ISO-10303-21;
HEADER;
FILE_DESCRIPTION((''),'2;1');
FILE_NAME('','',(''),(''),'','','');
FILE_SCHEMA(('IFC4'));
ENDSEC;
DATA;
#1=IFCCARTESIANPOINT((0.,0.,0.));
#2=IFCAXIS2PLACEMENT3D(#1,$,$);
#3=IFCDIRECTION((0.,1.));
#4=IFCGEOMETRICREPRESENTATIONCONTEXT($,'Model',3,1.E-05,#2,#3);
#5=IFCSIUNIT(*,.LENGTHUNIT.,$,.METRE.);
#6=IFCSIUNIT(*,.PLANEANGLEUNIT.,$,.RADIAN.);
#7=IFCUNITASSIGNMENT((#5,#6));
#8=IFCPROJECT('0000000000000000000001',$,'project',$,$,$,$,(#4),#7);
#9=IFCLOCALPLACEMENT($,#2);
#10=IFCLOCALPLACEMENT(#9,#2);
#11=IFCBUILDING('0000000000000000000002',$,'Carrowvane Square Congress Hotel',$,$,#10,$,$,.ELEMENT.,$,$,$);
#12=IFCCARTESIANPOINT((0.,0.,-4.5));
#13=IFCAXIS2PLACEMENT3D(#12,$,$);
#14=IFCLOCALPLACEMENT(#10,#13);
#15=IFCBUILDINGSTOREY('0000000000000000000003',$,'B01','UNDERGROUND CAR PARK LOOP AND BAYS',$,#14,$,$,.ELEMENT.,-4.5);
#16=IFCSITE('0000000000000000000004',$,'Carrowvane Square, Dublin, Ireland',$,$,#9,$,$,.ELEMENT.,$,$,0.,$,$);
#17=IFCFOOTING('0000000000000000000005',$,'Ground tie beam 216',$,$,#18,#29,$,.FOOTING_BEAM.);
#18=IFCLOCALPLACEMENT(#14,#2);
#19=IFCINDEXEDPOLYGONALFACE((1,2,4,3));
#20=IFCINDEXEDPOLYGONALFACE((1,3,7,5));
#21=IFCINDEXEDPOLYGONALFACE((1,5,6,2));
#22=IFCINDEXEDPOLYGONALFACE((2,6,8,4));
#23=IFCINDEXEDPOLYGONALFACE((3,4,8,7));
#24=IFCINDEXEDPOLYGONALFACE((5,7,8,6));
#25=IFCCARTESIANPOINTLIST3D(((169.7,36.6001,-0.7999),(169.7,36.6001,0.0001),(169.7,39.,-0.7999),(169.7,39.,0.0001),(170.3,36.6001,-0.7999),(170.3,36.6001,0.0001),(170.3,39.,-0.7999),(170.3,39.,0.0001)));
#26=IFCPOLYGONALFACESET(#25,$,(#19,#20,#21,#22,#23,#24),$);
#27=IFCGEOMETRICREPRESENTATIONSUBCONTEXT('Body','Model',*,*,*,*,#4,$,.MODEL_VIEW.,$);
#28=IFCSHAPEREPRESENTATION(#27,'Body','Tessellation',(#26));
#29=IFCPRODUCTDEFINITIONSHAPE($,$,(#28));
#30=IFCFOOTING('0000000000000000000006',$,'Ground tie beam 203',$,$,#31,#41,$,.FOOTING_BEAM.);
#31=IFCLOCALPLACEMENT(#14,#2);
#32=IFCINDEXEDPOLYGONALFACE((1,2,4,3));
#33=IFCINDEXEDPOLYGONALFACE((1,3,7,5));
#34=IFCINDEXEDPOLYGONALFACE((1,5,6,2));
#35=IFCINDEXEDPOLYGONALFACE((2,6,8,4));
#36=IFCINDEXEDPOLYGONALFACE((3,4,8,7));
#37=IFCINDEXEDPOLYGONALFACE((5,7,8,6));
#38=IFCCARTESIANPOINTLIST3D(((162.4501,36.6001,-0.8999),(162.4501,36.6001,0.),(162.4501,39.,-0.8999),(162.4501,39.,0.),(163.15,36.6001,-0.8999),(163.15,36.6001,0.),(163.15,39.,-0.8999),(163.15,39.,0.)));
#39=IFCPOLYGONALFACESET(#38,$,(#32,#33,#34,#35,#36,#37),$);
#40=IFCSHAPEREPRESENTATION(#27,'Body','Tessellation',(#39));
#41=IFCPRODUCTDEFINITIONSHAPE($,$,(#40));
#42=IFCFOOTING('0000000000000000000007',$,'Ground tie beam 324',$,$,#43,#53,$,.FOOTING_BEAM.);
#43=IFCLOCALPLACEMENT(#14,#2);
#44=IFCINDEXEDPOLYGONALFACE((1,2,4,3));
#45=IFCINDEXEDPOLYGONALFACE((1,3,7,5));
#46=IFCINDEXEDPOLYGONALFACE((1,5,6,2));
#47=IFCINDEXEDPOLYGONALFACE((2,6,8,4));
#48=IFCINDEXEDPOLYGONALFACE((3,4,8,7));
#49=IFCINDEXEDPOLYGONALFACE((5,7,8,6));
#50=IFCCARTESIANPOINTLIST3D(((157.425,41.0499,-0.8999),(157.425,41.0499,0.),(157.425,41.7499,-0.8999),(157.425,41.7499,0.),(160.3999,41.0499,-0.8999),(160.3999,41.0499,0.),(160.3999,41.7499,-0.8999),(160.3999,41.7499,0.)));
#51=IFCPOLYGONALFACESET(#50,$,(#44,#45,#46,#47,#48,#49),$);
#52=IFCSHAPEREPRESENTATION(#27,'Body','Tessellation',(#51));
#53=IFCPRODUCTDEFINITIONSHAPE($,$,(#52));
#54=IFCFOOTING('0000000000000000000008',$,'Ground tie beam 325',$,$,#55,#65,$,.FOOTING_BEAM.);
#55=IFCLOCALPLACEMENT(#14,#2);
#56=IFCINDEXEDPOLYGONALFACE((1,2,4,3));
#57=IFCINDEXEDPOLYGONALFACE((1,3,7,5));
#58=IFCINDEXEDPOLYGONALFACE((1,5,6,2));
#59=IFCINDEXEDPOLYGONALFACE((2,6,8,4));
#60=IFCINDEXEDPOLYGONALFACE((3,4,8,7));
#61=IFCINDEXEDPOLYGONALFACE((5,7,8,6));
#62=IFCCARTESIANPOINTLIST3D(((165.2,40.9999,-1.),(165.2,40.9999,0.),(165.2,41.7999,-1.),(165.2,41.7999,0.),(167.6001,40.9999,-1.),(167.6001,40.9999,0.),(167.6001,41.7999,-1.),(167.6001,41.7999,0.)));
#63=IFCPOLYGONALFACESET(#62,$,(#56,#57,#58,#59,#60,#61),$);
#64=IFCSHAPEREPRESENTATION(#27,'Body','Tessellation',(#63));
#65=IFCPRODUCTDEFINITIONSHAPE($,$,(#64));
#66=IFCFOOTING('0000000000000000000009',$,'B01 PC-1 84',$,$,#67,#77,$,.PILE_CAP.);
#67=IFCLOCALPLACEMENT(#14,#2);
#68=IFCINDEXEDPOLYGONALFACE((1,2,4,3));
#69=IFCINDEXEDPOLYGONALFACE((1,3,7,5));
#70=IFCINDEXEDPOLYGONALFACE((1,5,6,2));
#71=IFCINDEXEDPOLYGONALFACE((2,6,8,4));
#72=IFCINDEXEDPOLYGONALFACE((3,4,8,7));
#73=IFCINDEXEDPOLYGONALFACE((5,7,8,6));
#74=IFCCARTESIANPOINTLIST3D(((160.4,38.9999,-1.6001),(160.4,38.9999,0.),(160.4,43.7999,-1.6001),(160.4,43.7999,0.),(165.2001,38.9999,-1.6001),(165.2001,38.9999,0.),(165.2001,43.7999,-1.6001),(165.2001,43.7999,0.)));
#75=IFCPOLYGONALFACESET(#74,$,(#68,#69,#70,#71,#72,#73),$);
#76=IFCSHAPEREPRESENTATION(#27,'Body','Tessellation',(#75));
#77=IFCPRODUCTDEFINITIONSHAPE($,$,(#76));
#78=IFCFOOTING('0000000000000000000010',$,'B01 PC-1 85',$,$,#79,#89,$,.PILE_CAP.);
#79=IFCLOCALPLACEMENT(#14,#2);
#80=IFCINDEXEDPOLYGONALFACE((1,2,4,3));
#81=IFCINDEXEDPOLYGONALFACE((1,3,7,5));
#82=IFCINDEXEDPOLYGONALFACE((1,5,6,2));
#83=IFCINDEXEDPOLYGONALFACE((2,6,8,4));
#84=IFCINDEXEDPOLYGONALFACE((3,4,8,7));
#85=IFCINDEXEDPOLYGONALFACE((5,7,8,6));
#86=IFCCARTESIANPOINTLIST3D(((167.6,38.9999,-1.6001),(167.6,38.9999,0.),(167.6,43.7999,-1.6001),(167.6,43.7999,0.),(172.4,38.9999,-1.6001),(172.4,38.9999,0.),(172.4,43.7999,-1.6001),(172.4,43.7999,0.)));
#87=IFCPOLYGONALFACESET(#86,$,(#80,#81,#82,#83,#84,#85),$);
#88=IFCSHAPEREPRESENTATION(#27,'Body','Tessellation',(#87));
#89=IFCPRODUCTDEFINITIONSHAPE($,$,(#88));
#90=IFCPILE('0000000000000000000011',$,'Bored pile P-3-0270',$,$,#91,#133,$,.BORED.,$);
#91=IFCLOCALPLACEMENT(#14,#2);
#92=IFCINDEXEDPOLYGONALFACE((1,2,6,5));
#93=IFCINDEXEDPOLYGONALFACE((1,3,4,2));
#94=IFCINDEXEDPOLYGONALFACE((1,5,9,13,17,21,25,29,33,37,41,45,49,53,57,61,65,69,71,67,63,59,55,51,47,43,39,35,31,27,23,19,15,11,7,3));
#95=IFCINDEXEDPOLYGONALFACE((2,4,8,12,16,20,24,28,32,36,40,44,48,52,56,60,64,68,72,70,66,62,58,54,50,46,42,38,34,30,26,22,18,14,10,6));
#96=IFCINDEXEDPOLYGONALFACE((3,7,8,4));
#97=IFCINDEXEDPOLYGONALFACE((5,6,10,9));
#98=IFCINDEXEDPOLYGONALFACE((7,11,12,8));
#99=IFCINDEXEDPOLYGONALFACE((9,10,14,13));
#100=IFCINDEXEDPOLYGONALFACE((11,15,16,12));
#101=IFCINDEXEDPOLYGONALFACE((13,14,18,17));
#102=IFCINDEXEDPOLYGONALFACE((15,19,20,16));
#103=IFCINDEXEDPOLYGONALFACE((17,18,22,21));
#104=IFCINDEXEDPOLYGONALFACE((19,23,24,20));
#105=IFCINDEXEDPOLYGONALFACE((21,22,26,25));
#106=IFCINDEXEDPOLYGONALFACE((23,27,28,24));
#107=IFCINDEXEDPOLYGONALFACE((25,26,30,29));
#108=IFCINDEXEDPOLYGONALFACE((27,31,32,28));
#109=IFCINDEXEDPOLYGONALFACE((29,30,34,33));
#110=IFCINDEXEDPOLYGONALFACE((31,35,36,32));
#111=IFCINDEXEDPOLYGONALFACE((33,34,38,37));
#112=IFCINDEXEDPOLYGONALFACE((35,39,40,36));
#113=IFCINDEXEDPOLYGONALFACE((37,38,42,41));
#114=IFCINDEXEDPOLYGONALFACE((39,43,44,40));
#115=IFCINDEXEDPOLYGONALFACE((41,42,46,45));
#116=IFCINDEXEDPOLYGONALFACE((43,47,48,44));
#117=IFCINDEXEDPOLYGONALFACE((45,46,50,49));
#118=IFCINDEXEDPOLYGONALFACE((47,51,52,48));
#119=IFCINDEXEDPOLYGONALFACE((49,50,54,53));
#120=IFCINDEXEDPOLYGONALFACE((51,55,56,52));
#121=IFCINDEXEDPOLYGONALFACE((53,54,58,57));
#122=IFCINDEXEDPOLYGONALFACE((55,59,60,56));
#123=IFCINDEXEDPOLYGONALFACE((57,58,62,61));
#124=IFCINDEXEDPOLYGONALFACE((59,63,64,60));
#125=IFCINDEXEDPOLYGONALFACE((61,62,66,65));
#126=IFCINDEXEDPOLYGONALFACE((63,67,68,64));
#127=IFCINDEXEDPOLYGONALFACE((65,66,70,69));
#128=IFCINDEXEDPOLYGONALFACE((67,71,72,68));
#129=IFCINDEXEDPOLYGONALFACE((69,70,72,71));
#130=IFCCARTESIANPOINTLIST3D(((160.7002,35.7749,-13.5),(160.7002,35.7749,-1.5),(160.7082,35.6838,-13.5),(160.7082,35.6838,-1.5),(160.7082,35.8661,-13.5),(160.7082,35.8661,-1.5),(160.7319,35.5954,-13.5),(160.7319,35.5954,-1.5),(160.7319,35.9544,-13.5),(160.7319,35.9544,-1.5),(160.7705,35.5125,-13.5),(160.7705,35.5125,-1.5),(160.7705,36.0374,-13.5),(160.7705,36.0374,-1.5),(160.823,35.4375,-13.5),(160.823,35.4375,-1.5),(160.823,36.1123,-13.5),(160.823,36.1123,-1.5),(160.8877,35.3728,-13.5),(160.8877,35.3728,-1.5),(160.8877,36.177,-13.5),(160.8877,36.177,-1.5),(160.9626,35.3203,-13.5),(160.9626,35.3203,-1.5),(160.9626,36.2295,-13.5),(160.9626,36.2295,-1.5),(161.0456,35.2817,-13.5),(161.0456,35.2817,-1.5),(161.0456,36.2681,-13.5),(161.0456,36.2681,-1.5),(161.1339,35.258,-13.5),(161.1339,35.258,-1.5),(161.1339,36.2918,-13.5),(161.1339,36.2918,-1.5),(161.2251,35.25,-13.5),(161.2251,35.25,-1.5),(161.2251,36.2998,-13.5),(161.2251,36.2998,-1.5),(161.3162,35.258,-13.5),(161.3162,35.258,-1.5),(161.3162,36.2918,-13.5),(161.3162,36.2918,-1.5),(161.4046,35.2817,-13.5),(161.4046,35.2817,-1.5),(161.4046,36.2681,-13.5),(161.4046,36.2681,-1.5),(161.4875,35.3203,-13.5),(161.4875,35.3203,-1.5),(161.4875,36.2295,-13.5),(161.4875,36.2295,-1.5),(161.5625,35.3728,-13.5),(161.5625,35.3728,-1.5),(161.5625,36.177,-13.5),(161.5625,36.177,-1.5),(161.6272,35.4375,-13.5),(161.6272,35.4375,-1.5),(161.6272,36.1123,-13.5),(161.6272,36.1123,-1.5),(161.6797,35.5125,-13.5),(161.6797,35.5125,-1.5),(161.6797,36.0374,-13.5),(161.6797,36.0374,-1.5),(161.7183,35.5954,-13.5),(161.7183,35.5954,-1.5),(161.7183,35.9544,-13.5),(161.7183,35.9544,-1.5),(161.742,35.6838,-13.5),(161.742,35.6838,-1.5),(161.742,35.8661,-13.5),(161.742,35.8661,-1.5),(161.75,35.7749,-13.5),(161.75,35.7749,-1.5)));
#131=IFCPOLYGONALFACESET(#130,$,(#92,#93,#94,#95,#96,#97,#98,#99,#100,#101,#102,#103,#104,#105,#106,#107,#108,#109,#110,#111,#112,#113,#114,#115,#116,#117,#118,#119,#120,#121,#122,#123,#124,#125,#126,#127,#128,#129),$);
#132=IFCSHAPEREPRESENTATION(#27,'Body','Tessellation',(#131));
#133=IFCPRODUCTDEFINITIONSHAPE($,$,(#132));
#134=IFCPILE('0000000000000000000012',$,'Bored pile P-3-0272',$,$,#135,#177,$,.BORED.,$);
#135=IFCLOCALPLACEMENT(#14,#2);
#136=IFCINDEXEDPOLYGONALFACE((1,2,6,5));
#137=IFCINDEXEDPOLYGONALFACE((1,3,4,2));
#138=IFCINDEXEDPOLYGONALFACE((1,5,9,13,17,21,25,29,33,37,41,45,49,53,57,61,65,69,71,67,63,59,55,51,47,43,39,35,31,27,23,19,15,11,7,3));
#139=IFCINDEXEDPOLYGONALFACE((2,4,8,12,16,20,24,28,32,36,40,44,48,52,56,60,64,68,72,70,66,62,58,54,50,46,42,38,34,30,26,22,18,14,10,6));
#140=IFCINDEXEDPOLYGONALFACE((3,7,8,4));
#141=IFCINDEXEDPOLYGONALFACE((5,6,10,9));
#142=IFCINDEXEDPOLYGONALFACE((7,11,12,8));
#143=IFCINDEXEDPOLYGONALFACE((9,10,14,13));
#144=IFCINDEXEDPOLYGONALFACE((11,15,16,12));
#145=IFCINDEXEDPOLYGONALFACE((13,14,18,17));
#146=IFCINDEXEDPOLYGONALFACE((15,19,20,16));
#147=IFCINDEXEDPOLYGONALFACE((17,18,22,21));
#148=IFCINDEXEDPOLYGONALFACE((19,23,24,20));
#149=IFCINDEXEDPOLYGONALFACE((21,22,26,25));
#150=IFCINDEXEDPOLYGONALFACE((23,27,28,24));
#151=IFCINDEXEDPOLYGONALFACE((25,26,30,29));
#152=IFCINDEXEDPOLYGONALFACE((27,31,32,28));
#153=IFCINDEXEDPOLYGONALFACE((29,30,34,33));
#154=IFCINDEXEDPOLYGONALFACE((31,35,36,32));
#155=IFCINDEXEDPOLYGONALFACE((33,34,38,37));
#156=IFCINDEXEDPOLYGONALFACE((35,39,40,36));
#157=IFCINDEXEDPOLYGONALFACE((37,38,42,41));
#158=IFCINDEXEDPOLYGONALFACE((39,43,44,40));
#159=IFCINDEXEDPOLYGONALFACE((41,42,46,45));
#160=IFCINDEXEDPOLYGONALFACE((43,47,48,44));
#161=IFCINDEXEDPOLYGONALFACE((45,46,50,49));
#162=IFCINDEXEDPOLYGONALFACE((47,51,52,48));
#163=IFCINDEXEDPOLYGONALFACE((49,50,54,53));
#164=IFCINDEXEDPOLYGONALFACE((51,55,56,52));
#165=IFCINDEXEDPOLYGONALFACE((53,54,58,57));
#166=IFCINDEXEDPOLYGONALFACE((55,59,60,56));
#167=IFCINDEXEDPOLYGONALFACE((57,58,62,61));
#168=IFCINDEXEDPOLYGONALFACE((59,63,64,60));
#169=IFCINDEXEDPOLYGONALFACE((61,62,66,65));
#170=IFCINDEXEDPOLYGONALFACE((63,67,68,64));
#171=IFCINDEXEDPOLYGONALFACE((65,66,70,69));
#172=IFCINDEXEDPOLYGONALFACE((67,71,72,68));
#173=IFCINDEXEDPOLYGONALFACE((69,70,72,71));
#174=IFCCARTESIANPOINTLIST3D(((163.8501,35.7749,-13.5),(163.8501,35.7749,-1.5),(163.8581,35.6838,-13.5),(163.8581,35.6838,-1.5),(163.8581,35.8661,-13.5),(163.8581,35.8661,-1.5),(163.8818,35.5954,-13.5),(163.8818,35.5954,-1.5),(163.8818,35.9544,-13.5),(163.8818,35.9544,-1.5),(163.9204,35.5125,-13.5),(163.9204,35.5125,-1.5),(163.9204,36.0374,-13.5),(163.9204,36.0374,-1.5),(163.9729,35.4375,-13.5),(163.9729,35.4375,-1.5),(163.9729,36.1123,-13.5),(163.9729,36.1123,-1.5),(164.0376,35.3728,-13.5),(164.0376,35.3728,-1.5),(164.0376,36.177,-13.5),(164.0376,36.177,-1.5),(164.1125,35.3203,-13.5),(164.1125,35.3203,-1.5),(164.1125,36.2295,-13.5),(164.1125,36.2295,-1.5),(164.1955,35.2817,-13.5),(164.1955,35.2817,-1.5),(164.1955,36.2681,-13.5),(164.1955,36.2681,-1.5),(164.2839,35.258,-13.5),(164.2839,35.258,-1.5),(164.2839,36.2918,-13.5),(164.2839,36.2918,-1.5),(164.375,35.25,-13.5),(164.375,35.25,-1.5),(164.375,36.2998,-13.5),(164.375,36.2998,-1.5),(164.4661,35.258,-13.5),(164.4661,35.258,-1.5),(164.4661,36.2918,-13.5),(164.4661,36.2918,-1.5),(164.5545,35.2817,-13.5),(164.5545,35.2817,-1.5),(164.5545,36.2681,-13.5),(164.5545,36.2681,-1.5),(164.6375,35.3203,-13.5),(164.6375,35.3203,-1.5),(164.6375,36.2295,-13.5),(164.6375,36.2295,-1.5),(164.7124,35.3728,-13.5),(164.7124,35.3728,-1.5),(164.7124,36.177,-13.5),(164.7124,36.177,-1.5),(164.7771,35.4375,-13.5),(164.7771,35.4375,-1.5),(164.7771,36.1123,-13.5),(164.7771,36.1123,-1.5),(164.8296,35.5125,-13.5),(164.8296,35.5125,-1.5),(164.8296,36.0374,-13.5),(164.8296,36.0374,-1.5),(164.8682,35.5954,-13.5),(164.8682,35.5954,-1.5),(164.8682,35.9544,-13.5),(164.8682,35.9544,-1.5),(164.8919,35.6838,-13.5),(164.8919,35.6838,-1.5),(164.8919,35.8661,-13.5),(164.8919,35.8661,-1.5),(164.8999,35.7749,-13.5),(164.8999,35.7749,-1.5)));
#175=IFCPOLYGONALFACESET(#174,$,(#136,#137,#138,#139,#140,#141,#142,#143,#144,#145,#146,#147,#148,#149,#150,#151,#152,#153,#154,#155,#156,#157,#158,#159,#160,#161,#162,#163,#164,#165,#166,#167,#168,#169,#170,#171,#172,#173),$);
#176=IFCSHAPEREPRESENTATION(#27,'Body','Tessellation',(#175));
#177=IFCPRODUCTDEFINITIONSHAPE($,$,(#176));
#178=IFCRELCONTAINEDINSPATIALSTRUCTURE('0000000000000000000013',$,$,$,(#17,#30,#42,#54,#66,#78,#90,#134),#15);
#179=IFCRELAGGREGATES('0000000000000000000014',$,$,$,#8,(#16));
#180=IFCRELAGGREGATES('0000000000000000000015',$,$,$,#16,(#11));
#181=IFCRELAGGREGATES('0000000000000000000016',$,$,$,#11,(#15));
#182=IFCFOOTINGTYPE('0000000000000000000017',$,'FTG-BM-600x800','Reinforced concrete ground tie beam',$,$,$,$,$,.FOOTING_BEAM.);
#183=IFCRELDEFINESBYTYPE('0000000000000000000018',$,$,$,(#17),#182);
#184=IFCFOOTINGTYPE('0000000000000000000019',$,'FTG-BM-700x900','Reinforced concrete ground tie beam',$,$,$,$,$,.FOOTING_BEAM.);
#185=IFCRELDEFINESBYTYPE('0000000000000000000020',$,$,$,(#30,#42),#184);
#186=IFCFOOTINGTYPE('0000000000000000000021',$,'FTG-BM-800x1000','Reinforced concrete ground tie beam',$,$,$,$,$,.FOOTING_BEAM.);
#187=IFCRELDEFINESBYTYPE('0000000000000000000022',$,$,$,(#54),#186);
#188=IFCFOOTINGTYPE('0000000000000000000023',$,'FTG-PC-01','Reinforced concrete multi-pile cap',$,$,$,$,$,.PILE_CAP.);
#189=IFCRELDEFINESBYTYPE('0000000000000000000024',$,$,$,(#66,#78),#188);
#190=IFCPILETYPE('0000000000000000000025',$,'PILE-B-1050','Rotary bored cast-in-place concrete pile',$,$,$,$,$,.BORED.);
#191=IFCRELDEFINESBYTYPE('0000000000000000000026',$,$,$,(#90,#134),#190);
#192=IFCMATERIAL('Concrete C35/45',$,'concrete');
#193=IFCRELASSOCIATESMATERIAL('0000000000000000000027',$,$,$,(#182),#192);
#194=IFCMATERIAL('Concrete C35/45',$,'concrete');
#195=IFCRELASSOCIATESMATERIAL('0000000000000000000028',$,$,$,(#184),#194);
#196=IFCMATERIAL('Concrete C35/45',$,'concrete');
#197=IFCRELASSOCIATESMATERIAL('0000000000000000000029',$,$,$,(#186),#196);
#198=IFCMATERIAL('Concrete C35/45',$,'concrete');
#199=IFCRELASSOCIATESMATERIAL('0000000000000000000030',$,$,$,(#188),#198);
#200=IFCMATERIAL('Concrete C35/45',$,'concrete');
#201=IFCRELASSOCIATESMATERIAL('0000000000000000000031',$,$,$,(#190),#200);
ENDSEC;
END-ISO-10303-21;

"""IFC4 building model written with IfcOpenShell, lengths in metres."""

from ifc_helpers import new_model, si_unit, direction, frame, origin, origin_2d, place, context, subcontext, project, spatial, rectangle, circle, extrude, material, material_profile, profile_set, type_object, element, save


model = new_model("IFC4")

# Units and contexts
model_context = context("Model", 3, precision=1e-05, world=origin(), true_north=direction((0.0, 1.0)))
body_context = subcontext(model_context, "Body", "Model", "MODEL_VIEW")
ifc_project = project(units=[si_unit("LENGTHUNIT", "METRE"), si_unit("PLANEANGLEUNIT", "RADIAN")], contexts=[model_context])

# Site, building, storey
site_placement = place(None, origin())
site = spatial("IfcSite", under=ifc_project, at=site_placement, Name="Carrowvane Square, Dublin, Ireland", CompositionType="ELEMENT", RefElevation=0.0)
building_placement = place(site_placement, origin())
building = spatial("IfcBuilding", under=site, at=building_placement, Name="Carrowvane Square Congress Hotel", CompositionType="ELEMENT")
storey_placement = place(building_placement, frame((0.0, 0.0, -4.5)))
storey = spatial("IfcBuildingStorey", under=building, at=storey_placement, Name="B01", Description="UNDERGROUND CAR PARK LOOP AND BAYS", CompositionType="ELEMENT", Elevation=-4.5)

# Footings
ifc_material_1 = material(Name="Concrete C35/45", Category="concrete")
ifc_material_profile_1 = material_profile(ifc_material_1, rectangle(XDim=0.6001, YDim=0.8, at=origin_2d()), Name="RC 600x800")
ifc_profile_set_1 = profile_set([ifc_material_profile_1], Name="Concrete C35/45")
footing_type_1 = type_object("IfcFootingType", Name="FTG-BM-600x800", Description="Reinforced concrete ground tie beam", PredefinedType="FOOTING_BEAM", material=ifc_profile_set_1)
footing_1_placement = place(storey_placement, frame((170.0, 36.6001, -0.3999), z_axis=(0.0, 1.0, 0.0), x_axis=(-1.0, 0.0, 0.0)))
element("IfcFooting", 1, at=footing_1_placement, inside=storey, type_object=footing_type_1, Name="Ground tie beam 216", PredefinedType="FOOTING_BEAM", context=body_context, shape_type="SweptSolid", body=[
    extrude(rectangle(XDim=0.6001, YDim=0.8, at=origin_2d()), origin(), (0.0, 0.0, 1.0), 2.3999),
])
ifc_material_2 = material(Name="Concrete C35/45", Category="concrete")
ifc_material_profile_2 = material_profile(ifc_material_2, rectangle(XDim=0.7, YDim=0.8999, at=origin_2d()), Name="RC 700x900")
ifc_profile_set_2 = profile_set([ifc_material_profile_2], Name="Concrete C35/45")
footing_type_2 = type_object("IfcFootingType", Name="FTG-BM-700x900", Description="Reinforced concrete ground tie beam", PredefinedType="FOOTING_BEAM", material=ifc_profile_set_2)
footing_2_placement = place(storey_placement, frame((162.8, 36.6001, -0.45), z_axis=(0.0, 1.0, 0.0), x_axis=(-1.0, 0.0, 0.0)))
element("IfcFooting", 2, at=footing_2_placement, inside=storey, type_object=footing_type_2, Name="Ground tie beam 203", PredefinedType="FOOTING_BEAM", context=body_context, shape_type="SweptSolid", body=[
    extrude(rectangle(XDim=0.7, YDim=0.8999, at=origin_2d()), origin(), (0.0, 0.0, 1.0), 2.3999),
])
footing_3_placement = place(storey_placement, frame((157.425, 41.3999, -0.45), z_axis=(1.0, 0.0, 0.0), x_axis=(0.0, 1.0, 0.0)))
element("IfcFooting", 3, at=footing_3_placement, inside=storey, type_object=footing_type_2, Name="Ground tie beam 324", PredefinedType="FOOTING_BEAM", context=body_context, shape_type="SweptSolid", body=[
    extrude(rectangle(XDim=0.7, YDim=0.8999, at=origin_2d()), origin(), (0.0, 0.0, 1.0), 2.9749),
])
ifc_material_3 = material(Name="Concrete C35/45", Category="concrete")
ifc_material_profile_3 = material_profile(ifc_material_3, rectangle(XDim=0.8, YDim=1.0, at=origin_2d()), Name="RC 800x1000")
ifc_profile_set_3 = profile_set([ifc_material_profile_3], Name="Concrete C35/45")
footing_type_3 = type_object("IfcFootingType", Name="FTG-BM-800x1000", Description="Reinforced concrete ground tie beam", PredefinedType="FOOTING_BEAM", material=ifc_profile_set_3)
footing_4_placement = place(storey_placement, frame((165.2, 41.3999, -0.5), z_axis=(1.0, 0.0, 0.0), x_axis=(0.0, 1.0, 0.0)))
element("IfcFooting", 4, at=footing_4_placement, inside=storey, type_object=footing_type_3, Name="Ground tie beam 325", PredefinedType="FOOTING_BEAM", context=body_context, shape_type="SweptSolid", body=[
    extrude(rectangle(XDim=0.8, YDim=1.0, at=origin_2d()), origin(), (0.0, 0.0, 1.0), 2.4001),
])
ifc_material_4 = material(Name="Concrete C35/45", Category="concrete")
footing_type_4 = type_object("IfcFootingType", Name="FTG-PC-01", Description="Reinforced concrete multi-pile cap", PredefinedType="PILE_CAP", material=ifc_material_4)
for number, where, z_axis, x_axis, name in (
    (5, (162.8, 41.3999, -1.6001), (0.0, 0.0, 1.0), (1.0, 0.0, 0.0), "B01 PC-1 84"),
    (6, (170.0, 41.3999, -1.6001), (0.0, 0.0, 1.0), (1.0, 0.0, 0.0), "B01 PC-1 85"),
):
    element("IfcFooting", number, at=place(storey_placement, frame(where, z_axis=z_axis, x_axis=x_axis)), inside=storey, type_object=footing_type_4, Name=name, PredefinedType="PILE_CAP", context=body_context, shape_type="SweptSolid", body=[
        extrude(rectangle(XDim=4.8, YDim=4.8, at=origin_2d()), origin(), (0.0, 0.0, 1.0), 1.6001),
    ])

# Piles
ifc_material_5 = material(Name="Concrete C35/45", Category="concrete")
ifc_material_profile_4 = material_profile(ifc_material_5, circle(Radius=0.5249, at=origin_2d()), Name="PILE D1050")
ifc_profile_set_4 = profile_set([ifc_material_profile_4], Name="Concrete C35/45")
pile_type = type_object("IfcPileType", Name="PILE-B-1050", Description="Rotary bored cast-in-place concrete pile", PredefinedType="BORED", material=ifc_profile_set_4)
for number, where, z_axis, x_axis, name in (
    (7, (161.2251, 35.7749, -1.5), (0.0, 0.0, -1.0), (1.0, 0.0, 0.0), "Bored pile P-3-0270"),
    (8, (164.375, 35.7749, -1.5), (0.0, 0.0, -1.0), (1.0, 0.0, 0.0), "Bored pile P-3-0272"),
):
    element("IfcPile", number, at=place(storey_placement, frame(where, z_axis=z_axis, x_axis=x_axis)), inside=storey, type_object=pile_type, Name=name, PredefinedType="BORED", context=body_context, shape_type="SweptSolid", body=[
        extrude(circle(Radius=0.5249, at=origin_2d()), origin(), (0.0, 0.0, 1.0), 12.0),
    ])

save(model, "model.ifc")
